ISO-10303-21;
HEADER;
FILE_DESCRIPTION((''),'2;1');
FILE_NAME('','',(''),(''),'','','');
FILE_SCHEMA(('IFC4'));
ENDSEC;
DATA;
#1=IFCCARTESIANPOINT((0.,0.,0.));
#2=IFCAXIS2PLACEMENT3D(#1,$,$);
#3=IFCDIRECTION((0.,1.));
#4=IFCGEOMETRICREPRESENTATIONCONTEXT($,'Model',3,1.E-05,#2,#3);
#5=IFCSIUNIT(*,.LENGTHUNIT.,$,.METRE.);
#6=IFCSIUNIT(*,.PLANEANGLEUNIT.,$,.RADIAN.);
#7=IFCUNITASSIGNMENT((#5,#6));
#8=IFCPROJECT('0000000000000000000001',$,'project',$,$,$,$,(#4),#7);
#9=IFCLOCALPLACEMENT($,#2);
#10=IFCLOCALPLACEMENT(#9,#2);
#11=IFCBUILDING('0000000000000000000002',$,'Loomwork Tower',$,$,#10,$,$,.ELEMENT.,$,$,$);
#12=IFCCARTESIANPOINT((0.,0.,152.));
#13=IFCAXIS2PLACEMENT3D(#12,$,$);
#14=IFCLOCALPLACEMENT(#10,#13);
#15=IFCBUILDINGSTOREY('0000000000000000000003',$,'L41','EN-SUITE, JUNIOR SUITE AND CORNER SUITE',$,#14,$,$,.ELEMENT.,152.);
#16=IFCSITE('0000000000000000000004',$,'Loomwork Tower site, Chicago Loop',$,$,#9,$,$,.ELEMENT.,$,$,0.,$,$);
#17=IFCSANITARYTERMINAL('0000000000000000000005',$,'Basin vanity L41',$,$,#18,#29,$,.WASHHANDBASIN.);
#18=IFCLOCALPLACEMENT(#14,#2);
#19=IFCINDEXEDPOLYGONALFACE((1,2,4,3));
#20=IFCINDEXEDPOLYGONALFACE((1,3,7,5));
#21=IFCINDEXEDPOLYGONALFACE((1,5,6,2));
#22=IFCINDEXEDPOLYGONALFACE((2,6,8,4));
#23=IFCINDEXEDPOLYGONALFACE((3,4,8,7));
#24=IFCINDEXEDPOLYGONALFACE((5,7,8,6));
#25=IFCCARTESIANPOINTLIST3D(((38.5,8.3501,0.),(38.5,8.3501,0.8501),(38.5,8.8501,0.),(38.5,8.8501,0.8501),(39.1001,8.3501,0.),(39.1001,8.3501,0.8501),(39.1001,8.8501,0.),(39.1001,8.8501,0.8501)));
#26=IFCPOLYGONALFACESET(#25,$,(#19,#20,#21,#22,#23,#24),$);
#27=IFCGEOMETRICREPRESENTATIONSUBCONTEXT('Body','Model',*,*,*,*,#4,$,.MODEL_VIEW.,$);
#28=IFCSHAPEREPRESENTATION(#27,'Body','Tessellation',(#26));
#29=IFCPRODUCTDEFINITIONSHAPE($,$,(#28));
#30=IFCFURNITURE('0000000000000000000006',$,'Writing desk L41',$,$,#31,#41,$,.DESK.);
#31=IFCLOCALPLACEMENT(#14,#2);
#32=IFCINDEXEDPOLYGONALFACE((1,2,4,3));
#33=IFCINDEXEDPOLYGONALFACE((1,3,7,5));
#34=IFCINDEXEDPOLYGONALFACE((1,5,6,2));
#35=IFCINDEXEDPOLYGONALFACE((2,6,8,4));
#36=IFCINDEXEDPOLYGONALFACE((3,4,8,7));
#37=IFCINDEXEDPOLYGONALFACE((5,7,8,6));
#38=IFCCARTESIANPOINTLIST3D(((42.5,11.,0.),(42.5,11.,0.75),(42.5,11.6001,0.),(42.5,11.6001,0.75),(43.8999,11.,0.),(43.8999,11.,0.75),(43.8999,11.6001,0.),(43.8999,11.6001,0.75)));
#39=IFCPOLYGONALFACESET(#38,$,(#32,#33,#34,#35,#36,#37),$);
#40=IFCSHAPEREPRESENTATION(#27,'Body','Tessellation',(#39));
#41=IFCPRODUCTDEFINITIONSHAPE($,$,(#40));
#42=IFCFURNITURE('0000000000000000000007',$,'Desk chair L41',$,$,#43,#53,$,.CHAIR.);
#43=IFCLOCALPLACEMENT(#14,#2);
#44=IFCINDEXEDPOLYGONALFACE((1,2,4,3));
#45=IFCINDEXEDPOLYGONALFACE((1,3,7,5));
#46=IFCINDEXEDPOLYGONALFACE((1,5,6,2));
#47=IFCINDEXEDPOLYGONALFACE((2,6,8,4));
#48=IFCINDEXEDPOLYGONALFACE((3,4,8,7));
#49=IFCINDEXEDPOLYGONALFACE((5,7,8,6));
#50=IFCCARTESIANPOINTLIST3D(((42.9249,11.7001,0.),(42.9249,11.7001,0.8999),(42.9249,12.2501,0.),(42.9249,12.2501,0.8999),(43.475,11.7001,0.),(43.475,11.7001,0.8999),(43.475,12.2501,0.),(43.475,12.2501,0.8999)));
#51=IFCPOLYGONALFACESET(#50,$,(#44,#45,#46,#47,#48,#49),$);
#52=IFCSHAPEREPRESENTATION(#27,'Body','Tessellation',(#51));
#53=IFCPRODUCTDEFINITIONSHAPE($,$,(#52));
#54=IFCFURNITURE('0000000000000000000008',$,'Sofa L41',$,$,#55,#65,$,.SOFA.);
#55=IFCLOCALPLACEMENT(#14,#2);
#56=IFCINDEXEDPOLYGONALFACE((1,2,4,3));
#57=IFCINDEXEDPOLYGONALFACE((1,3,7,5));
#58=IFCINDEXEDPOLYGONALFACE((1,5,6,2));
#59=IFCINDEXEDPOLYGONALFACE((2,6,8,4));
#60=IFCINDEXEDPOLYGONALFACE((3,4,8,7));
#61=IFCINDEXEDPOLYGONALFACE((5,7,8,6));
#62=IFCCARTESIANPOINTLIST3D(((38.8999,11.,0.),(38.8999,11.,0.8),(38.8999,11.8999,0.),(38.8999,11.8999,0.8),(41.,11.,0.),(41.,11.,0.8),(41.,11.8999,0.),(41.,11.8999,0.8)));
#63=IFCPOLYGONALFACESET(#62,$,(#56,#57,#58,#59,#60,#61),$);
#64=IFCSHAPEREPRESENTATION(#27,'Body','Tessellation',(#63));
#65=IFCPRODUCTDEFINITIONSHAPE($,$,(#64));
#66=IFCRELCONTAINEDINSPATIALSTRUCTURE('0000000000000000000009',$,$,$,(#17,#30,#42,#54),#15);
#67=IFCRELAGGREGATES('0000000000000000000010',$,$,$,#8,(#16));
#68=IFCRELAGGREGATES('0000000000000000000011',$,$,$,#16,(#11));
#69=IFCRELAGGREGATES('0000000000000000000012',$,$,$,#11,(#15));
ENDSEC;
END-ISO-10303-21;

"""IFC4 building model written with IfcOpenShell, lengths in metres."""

from ifc_helpers import new_model, si_unit, direction, frame, origin, origin_2d, place, context, subcontext, project, spatial, rectangle, extrude, element, save


model = new_model("IFC4")

# Units and contexts
model_context = context("Model", 3, precision=1e-05, world=origin(), true_north=direction((0.0, 1.0)))
body_context = subcontext(model_context, "Body", "Model", "MODEL_VIEW")
ifc_project = project(units=[si_unit("LENGTHUNIT", "METRE"), si_unit("PLANEANGLEUNIT", "RADIAN")], contexts=[model_context])

# Site, building, storey
site_placement = place(None, origin())
site = spatial("IfcSite", under=ifc_project, at=site_placement, Name="Loomwork Tower site, Chicago Loop", CompositionType="ELEMENT", RefElevation=0.0)
building_placement = place(site_placement, origin())
building = spatial("IfcBuilding", under=site, at=building_placement, Name="Loomwork Tower", CompositionType="ELEMENT")
storey_placement = place(building_placement, frame((0.0, 0.0, 152.0)))
storey = spatial("IfcBuildingStorey", under=building, at=storey_placement, Name="L41", Description="EN-SUITE, JUNIOR SUITE AND CORNER SUITE", CompositionType="ELEMENT", Elevation=152.0)

# Sanitary terminal
sanitary_terminal_placement = place(storey_placement, frame((38.8, 8.6001, 0.0), z_axis=(0.0, 0.0, 1.0), x_axis=(1.0, 0.0, 0.0)))
element("IfcSanitaryTerminal", 1, at=sanitary_terminal_placement, inside=storey, Name="Basin vanity L41", PredefinedType="WASHHANDBASIN", context=body_context, shape_type="SweptSolid", body=[
    extrude(rectangle(XDim=0.6001, YDim=0.5, at=origin_2d()), origin(), (0.0, 0.0, 1.0), 0.8501),
])

# Furniture
furniture_1_placement = place(storey_placement, frame((43.2, 11.3, 0.0), z_axis=(0.0, 0.0, 1.0), x_axis=(1.0, 0.0, 0.0)))
element("IfcFurniture", 2, at=furniture_1_placement, inside=storey, Name="Writing desk L41", PredefinedType="DESK", context=body_context, shape_type="SweptSolid", body=[
    extrude(rectangle(XDim=1.3999, YDim=0.6001, at=origin_2d()), origin(), (0.0, 0.0, 1.0), 0.75),
])
furniture_2_placement = place(storey_placement, frame((43.2, 11.9751, 0.0), z_axis=(0.0, 0.0, 1.0), x_axis=(1.0, 0.0, 0.0)))
element("IfcFurniture", 3, at=furniture_2_placement, inside=storey, Name="Desk chair L41", PredefinedType="CHAIR", context=body_context, shape_type="SweptSolid", body=[
    extrude(rectangle(XDim=0.55, YDim=0.55, at=origin_2d()), origin(), (0.0, 0.0, 1.0), 0.8999),
])
furniture_3_placement = place(storey_placement, frame((39.95, 11.45, 0.0), z_axis=(0.0, 0.0, 1.0), x_axis=(1.0, 0.0, 0.0)))
element("IfcFurniture", 4, at=furniture_3_placement, inside=storey, Name="Sofa L41", PredefinedType="SOFA", context=body_context, shape_type="SweptSolid", body=[
    extrude(rectangle(XDim=2.1001, YDim=0.8999, at=origin_2d()), origin(), (0.0, 0.0, 1.0), 0.8),
])

save(model, "model.ifc")
